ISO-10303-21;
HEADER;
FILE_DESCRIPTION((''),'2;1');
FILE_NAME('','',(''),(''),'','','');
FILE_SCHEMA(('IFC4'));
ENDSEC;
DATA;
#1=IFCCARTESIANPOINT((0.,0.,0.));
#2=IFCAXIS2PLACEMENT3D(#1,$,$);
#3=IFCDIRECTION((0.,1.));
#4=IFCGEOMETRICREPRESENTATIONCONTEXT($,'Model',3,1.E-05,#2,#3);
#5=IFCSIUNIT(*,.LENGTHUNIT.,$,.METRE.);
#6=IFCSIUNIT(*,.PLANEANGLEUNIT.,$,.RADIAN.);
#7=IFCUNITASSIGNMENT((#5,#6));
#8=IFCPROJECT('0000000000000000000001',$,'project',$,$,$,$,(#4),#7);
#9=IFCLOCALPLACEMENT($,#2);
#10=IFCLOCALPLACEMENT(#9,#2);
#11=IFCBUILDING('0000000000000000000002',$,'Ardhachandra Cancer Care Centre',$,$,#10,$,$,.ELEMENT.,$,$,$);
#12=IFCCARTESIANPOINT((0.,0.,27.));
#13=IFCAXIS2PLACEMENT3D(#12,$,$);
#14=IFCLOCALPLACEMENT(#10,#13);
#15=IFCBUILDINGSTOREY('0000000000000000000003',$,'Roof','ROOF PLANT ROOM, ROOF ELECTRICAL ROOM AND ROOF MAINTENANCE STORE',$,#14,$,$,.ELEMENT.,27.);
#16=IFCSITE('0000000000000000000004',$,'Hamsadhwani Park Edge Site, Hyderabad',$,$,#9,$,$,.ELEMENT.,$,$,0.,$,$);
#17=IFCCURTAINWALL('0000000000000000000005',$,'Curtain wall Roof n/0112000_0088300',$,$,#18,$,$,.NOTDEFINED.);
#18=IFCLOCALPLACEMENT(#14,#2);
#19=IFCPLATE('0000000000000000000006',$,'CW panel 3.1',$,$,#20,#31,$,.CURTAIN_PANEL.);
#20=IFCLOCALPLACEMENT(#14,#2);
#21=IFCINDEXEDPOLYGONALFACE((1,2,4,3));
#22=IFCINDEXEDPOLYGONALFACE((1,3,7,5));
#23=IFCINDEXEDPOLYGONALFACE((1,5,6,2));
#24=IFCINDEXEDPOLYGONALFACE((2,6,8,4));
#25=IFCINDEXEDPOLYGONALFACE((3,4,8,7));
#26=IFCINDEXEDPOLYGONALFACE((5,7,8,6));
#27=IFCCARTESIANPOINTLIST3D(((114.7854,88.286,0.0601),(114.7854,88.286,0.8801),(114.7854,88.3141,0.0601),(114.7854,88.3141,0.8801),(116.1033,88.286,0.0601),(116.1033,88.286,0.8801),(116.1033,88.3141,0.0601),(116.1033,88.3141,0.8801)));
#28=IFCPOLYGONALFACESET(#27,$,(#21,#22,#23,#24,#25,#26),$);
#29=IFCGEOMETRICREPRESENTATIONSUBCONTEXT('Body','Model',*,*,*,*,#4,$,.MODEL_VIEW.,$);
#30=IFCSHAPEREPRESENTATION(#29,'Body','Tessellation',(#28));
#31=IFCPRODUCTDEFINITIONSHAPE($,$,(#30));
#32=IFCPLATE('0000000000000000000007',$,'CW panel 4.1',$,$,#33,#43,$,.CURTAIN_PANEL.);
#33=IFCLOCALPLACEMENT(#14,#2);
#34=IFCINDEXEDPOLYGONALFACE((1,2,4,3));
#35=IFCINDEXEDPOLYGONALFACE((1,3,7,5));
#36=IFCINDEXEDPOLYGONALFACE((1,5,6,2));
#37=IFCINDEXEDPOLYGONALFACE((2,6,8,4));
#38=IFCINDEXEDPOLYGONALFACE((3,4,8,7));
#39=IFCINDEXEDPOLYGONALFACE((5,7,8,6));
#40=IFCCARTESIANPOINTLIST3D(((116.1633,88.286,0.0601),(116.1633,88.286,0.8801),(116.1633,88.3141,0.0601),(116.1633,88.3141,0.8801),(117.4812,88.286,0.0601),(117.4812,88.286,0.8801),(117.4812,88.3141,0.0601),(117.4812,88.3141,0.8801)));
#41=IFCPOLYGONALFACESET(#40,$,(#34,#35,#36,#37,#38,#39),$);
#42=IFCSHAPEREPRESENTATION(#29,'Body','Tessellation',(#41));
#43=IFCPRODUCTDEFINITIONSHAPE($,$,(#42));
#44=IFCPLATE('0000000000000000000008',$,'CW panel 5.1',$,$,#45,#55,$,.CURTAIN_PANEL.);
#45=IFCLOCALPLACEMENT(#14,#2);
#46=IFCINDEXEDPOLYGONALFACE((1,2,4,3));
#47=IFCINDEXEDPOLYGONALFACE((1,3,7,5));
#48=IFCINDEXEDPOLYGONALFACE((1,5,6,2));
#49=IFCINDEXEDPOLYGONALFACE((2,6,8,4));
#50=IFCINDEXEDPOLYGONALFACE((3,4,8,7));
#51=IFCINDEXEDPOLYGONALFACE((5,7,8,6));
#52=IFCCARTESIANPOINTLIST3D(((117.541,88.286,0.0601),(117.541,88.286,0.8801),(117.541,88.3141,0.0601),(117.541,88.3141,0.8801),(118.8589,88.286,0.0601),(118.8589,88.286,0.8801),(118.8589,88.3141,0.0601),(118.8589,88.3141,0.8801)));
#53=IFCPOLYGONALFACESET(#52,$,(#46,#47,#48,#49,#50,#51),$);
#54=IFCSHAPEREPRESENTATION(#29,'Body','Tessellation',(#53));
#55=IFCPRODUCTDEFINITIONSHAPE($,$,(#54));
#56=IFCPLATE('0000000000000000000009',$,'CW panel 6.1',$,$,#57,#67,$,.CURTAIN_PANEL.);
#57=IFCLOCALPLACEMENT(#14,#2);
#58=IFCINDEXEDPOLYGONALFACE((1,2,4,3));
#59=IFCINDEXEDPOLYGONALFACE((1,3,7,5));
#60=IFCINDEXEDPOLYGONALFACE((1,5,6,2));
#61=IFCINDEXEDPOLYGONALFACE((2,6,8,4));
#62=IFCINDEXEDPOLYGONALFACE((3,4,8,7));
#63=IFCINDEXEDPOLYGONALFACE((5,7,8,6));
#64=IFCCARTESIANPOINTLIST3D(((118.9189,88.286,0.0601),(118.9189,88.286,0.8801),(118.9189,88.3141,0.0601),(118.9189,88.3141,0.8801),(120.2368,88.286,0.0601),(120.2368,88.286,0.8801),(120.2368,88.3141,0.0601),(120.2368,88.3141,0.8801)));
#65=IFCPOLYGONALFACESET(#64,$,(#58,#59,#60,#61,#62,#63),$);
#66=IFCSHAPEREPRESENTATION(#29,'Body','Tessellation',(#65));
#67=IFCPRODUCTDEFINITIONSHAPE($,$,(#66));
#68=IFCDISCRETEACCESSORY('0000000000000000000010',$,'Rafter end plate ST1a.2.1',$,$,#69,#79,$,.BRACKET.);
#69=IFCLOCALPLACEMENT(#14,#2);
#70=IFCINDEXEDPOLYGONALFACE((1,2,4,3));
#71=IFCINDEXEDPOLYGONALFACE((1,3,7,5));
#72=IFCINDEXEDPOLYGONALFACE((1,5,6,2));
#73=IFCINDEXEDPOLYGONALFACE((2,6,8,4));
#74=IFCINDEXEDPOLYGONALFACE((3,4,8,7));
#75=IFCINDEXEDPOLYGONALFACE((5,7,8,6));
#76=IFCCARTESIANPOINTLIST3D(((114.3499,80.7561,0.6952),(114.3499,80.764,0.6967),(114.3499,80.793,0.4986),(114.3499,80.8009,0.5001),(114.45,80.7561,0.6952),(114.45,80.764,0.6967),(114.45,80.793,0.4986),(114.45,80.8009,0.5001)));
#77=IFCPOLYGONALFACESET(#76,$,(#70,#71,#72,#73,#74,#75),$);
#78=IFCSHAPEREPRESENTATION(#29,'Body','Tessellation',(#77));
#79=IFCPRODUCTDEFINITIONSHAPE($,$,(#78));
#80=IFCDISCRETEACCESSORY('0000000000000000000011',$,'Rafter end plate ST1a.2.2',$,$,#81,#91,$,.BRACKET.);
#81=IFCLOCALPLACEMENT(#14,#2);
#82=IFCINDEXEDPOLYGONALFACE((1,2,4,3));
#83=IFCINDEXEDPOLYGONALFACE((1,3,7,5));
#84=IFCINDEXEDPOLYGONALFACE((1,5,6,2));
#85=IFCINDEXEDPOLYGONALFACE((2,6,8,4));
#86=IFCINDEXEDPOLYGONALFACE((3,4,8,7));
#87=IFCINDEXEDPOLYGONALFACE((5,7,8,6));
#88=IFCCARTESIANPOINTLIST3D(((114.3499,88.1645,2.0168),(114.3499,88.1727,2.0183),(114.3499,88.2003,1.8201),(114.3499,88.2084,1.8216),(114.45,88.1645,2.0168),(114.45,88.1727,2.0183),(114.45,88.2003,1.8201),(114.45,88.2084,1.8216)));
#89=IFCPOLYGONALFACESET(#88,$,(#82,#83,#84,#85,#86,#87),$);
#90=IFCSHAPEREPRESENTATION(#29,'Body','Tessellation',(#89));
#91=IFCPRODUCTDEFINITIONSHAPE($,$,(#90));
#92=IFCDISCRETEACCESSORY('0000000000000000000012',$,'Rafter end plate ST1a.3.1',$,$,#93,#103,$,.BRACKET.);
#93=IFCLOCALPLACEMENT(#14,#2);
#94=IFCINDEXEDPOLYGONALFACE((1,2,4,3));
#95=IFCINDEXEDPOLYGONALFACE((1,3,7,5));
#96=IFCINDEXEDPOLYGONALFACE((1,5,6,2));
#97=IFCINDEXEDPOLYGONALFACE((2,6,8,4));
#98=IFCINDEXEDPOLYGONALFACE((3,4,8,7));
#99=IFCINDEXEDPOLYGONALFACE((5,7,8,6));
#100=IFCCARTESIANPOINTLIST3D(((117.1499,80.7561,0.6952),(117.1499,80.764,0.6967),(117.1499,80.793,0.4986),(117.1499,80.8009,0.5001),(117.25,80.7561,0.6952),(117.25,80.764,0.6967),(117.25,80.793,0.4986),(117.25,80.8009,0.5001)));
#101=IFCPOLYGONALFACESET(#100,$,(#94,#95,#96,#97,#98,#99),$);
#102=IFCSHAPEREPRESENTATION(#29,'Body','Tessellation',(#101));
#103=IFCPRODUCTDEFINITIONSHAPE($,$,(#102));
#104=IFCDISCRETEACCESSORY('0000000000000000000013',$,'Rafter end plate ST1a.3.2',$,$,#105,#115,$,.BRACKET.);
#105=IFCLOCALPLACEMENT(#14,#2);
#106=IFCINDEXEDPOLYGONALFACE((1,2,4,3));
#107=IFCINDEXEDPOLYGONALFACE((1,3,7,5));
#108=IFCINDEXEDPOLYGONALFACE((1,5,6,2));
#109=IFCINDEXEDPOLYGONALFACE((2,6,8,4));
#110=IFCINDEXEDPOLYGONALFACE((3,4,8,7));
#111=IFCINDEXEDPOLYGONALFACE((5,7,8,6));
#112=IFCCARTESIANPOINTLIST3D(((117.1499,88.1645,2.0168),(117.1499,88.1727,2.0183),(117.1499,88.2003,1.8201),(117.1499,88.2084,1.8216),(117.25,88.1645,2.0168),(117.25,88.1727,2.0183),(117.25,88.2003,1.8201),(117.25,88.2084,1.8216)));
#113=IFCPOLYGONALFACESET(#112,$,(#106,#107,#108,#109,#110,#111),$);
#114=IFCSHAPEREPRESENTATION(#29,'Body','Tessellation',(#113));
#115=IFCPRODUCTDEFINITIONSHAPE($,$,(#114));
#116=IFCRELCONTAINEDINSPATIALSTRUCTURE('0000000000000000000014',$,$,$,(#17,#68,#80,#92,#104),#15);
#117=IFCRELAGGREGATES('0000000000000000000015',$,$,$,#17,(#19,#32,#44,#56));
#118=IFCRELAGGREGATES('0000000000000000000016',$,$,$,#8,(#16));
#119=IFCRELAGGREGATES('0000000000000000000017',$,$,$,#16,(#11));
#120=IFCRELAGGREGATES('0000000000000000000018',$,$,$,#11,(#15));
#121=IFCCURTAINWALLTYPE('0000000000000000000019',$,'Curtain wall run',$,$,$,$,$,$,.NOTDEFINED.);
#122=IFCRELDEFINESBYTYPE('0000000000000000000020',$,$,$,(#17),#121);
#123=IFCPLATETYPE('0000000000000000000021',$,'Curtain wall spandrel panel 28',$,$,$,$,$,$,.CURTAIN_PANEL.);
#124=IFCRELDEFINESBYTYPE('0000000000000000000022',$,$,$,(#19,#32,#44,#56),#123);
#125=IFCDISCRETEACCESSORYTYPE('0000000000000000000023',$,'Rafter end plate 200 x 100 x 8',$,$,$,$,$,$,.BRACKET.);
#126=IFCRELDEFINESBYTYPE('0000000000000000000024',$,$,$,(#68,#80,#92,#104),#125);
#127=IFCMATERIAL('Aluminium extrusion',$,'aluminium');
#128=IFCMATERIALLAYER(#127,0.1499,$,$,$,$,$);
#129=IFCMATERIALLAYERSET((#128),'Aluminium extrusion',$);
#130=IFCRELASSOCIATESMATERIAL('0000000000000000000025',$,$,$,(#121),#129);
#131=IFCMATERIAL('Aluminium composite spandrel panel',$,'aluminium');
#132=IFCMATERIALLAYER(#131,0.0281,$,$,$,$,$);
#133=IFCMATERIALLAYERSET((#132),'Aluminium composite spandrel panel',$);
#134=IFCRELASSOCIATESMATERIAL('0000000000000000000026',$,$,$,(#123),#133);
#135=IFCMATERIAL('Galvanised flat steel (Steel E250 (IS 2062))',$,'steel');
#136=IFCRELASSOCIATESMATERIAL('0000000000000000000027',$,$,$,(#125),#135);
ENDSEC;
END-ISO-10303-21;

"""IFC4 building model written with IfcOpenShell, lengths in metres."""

from ifc_helpers import new_model, si_unit, direction, frame, origin, origin_2d, place, context, subcontext, project, spatial, rectangle, extrude, material, layer, layer_set, material_profile, profile_set, type_object, element, aggregate, save


model = new_model("IFC4")

# Units and contexts
model_context = context("Model", 3, precision=1e-05, world=origin(), true_north=direction((0.0, 1.0)))
body_context = subcontext(model_context, "Body", "Model", "MODEL_VIEW")
ifc_project = project(units=[si_unit("LENGTHUNIT", "METRE"), si_unit("PLANEANGLEUNIT", "RADIAN")], contexts=[model_context])

# Site, building, storey
site_placement = place(None, origin())
site = spatial("IfcSite", under=ifc_project, at=site_placement, Name="Hamsadhwani Park Edge Site, Hyderabad", CompositionType="ELEMENT", RefElevation=0.0)
building_placement = place(site_placement, origin())
building = spatial("IfcBuilding", under=site, at=building_placement, Name="Ardhachandra Cancer Care Centre", CompositionType="ELEMENT")
storey_placement = place(building_placement, frame((0.0, 0.0, 27.0)))
storey = spatial("IfcBuildingStorey", under=building, at=storey_placement, Name="Roof", Description="ROOF PLANT ROOM, ROOF ELECTRICAL ROOM AND ROOF MAINTENANCE STORE", CompositionType="ELEMENT", Elevation=27.0)

# Curtain wall
ifc_material_1 = material(Name="Aluminium extrusion", Category="aluminium")
ifc_layer_1 = layer(ifc_material_1, 0.1499)
ifc_layer_set_1 = layer_set([ifc_layer_1], Name="Aluminium extrusion")
curtain_wall_type = type_object("IfcCurtainWallType", Name="Curtain wall run", PredefinedType="NOTDEFINED", material=ifc_layer_set_1)
curtain_wall_placement = place(storey_placement, origin())
curtain_wall = element("IfcCurtainWall", 1, at=curtain_wall_placement, inside=storey, type_object=curtain_wall_type, Name="Curtain wall Roof n/0112000_0088300", PredefinedType="NOTDEFINED")

# Plates
ifc_material_2 = material(Name="Aluminium composite spandrel panel", Category="aluminium")
ifc_layer_2 = layer(ifc_material_2, 0.0281)
ifc_layer_set_2 = layer_set([ifc_layer_2], Name="Aluminium composite spandrel panel")
plate_type_1 = type_object("IfcPlateType", Name="Curtain wall spandrel panel 28", PredefinedType="CURTAIN_PANEL", material=ifc_layer_set_2)
plate_1_placement = place(storey_placement, frame((115.4443, 88.3, 0.0601), z_axis=(0.0, 0.0, 1.0), x_axis=(1.0, 0.0, 0.0)))
plate_1 = element("IfcPlate", 2, at=plate_1_placement, type_object=plate_type_1, Name="CW panel 3.1", PredefinedType="CURTAIN_PANEL", context=body_context, shape_type="SweptSolid", body=[
    extrude(rectangle(XDim=1.3179, YDim=0.0281, at=origin_2d()), origin(), (0.0, 0.0, 1.0), 0.8201),
])
plate_2_placement = place(storey_placement, frame((116.8223, 88.3, 0.0601), z_axis=(0.0, 0.0, 1.0), x_axis=(1.0, 0.0, 0.0)))
plate_2 = element("IfcPlate", 3, at=plate_2_placement, type_object=plate_type_1, Name="CW panel 4.1", PredefinedType="CURTAIN_PANEL", context=body_context, shape_type="SweptSolid", body=[
    extrude(rectangle(XDim=1.3179, YDim=0.0281, at=origin_2d()), origin(), (0.0, 0.0, 1.0), 0.8201),
])
plate_3_placement = place(storey_placement, frame((118.2, 88.3, 0.0601), z_axis=(0.0, 0.0, 1.0), x_axis=(1.0, 0.0, 0.0)))
plate_3 = element("IfcPlate", 4, at=plate_3_placement, type_object=plate_type_1, Name="CW panel 5.1", PredefinedType="CURTAIN_PANEL", context=body_context, shape_type="SweptSolid", body=[
    extrude(rectangle(XDim=1.3179, YDim=0.0281, at=origin_2d()), origin(), (0.0, 0.0, 1.0), 0.8201),
])
plate_4_placement = place(storey_placement, frame((119.5779, 88.3, 0.0601), z_axis=(0.0, 0.0, 1.0), x_axis=(1.0, 0.0, 0.0)))
plate_4 = element("IfcPlate", 5, at=plate_4_placement, type_object=plate_type_1, Name="CW panel 6.1", PredefinedType="CURTAIN_PANEL", context=body_context, shape_type="SweptSolid", body=[
    extrude(rectangle(XDim=1.3179, YDim=0.0281, at=origin_2d()), origin(), (0.0, 0.0, 1.0), 0.8201),
])
aggregate(curtain_wall, [plate_1, plate_2, plate_3, plate_4])

# Discrete accessories
ifc_material_3 = material(Name="Galvanised flat steel (Steel E250 (IS 2062))", Category="steel")
ifc_material_profile_1 = material_profile(ifc_material_3, rectangle(XDim=0.1001, YDim=0.2, at=origin_2d()), Name="Rafter end plate 200 x 100 x 8")
ifc_profile_set_1 = profile_set([ifc_material_profile_1], Name="Galvanised flat steel (Steel E250 (IS 2062))")
discrete_accessory_type = type_object("IfcDiscreteAccessoryType", Name="Rafter end plate 200 x 100 x 8", PredefinedType="BRACKET", material=ifc_profile_set_1)
discrete_accessory_1_placement = place(storey_placement, frame((114.3999, 80.7825, 0.5984), z_axis=(0.0, -0.982872, -0.184289), x_axis=(1.0, 0.0, 0.0)))
element("IfcDiscreteAccessory", 6, at=discrete_accessory_1_placement, inside=storey, type_object=discrete_accessory_type, Name="Rafter end plate ST1a.2.1", PredefinedType="BRACKET", context=body_context, shape_type="SweptSolid", body=[
    extrude(rectangle(XDim=0.1001, YDim=0.2, at=origin_2d()), origin(), (0.0, 0.0, 1.0), 0.0081),
])
discrete_accessory_2_placement = place(storey_placement, frame((114.3999, 88.1824, 1.9185), z_axis=(0.0, 0.98387, 0.178885), x_axis=(-1.0, 0.0, 0.0)))
element("IfcDiscreteAccessory", 7, at=discrete_accessory_2_placement, inside=storey, type_object=discrete_accessory_type, Name="Rafter end plate ST1a.2.2", PredefinedType="BRACKET", context=body_context, shape_type="SweptSolid", body=[
    extrude(rectangle(XDim=0.1001, YDim=0.2, at=origin_2d()), origin(), (0.0, 0.0, 1.0), 0.0083),
])
discrete_accessory_3_placement = place(storey_placement, frame((117.2, 80.7825, 0.5984), z_axis=(0.0, -0.982872, -0.184289), x_axis=(1.0, 0.0, 0.0)))
element("IfcDiscreteAccessory", 8, at=discrete_accessory_3_placement, inside=storey, type_object=discrete_accessory_type, Name="Rafter end plate ST1a.3.1", PredefinedType="BRACKET", context=body_context, shape_type="SweptSolid", body=[
    extrude(rectangle(XDim=0.1001, YDim=0.2, at=origin_2d()), origin(), (0.0, 0.0, 1.0), 0.0081),
])
discrete_accessory_4_placement = place(storey_placement, frame((117.2, 88.1824, 1.9185), z_axis=(0.0, 0.98387, 0.178885), x_axis=(-1.0, 0.0, 0.0)))
element("IfcDiscreteAccessory", 9, at=discrete_accessory_4_placement, inside=storey, type_object=discrete_accessory_type, Name="Rafter end plate ST1a.3.2", PredefinedType="BRACKET", context=body_context, shape_type="SweptSolid", body=[
    extrude(rectangle(XDim=0.1001, YDim=0.2, at=origin_2d()), origin(), (0.0, 0.0, 1.0), 0.0083),
])

save(model, "model.ifc")
